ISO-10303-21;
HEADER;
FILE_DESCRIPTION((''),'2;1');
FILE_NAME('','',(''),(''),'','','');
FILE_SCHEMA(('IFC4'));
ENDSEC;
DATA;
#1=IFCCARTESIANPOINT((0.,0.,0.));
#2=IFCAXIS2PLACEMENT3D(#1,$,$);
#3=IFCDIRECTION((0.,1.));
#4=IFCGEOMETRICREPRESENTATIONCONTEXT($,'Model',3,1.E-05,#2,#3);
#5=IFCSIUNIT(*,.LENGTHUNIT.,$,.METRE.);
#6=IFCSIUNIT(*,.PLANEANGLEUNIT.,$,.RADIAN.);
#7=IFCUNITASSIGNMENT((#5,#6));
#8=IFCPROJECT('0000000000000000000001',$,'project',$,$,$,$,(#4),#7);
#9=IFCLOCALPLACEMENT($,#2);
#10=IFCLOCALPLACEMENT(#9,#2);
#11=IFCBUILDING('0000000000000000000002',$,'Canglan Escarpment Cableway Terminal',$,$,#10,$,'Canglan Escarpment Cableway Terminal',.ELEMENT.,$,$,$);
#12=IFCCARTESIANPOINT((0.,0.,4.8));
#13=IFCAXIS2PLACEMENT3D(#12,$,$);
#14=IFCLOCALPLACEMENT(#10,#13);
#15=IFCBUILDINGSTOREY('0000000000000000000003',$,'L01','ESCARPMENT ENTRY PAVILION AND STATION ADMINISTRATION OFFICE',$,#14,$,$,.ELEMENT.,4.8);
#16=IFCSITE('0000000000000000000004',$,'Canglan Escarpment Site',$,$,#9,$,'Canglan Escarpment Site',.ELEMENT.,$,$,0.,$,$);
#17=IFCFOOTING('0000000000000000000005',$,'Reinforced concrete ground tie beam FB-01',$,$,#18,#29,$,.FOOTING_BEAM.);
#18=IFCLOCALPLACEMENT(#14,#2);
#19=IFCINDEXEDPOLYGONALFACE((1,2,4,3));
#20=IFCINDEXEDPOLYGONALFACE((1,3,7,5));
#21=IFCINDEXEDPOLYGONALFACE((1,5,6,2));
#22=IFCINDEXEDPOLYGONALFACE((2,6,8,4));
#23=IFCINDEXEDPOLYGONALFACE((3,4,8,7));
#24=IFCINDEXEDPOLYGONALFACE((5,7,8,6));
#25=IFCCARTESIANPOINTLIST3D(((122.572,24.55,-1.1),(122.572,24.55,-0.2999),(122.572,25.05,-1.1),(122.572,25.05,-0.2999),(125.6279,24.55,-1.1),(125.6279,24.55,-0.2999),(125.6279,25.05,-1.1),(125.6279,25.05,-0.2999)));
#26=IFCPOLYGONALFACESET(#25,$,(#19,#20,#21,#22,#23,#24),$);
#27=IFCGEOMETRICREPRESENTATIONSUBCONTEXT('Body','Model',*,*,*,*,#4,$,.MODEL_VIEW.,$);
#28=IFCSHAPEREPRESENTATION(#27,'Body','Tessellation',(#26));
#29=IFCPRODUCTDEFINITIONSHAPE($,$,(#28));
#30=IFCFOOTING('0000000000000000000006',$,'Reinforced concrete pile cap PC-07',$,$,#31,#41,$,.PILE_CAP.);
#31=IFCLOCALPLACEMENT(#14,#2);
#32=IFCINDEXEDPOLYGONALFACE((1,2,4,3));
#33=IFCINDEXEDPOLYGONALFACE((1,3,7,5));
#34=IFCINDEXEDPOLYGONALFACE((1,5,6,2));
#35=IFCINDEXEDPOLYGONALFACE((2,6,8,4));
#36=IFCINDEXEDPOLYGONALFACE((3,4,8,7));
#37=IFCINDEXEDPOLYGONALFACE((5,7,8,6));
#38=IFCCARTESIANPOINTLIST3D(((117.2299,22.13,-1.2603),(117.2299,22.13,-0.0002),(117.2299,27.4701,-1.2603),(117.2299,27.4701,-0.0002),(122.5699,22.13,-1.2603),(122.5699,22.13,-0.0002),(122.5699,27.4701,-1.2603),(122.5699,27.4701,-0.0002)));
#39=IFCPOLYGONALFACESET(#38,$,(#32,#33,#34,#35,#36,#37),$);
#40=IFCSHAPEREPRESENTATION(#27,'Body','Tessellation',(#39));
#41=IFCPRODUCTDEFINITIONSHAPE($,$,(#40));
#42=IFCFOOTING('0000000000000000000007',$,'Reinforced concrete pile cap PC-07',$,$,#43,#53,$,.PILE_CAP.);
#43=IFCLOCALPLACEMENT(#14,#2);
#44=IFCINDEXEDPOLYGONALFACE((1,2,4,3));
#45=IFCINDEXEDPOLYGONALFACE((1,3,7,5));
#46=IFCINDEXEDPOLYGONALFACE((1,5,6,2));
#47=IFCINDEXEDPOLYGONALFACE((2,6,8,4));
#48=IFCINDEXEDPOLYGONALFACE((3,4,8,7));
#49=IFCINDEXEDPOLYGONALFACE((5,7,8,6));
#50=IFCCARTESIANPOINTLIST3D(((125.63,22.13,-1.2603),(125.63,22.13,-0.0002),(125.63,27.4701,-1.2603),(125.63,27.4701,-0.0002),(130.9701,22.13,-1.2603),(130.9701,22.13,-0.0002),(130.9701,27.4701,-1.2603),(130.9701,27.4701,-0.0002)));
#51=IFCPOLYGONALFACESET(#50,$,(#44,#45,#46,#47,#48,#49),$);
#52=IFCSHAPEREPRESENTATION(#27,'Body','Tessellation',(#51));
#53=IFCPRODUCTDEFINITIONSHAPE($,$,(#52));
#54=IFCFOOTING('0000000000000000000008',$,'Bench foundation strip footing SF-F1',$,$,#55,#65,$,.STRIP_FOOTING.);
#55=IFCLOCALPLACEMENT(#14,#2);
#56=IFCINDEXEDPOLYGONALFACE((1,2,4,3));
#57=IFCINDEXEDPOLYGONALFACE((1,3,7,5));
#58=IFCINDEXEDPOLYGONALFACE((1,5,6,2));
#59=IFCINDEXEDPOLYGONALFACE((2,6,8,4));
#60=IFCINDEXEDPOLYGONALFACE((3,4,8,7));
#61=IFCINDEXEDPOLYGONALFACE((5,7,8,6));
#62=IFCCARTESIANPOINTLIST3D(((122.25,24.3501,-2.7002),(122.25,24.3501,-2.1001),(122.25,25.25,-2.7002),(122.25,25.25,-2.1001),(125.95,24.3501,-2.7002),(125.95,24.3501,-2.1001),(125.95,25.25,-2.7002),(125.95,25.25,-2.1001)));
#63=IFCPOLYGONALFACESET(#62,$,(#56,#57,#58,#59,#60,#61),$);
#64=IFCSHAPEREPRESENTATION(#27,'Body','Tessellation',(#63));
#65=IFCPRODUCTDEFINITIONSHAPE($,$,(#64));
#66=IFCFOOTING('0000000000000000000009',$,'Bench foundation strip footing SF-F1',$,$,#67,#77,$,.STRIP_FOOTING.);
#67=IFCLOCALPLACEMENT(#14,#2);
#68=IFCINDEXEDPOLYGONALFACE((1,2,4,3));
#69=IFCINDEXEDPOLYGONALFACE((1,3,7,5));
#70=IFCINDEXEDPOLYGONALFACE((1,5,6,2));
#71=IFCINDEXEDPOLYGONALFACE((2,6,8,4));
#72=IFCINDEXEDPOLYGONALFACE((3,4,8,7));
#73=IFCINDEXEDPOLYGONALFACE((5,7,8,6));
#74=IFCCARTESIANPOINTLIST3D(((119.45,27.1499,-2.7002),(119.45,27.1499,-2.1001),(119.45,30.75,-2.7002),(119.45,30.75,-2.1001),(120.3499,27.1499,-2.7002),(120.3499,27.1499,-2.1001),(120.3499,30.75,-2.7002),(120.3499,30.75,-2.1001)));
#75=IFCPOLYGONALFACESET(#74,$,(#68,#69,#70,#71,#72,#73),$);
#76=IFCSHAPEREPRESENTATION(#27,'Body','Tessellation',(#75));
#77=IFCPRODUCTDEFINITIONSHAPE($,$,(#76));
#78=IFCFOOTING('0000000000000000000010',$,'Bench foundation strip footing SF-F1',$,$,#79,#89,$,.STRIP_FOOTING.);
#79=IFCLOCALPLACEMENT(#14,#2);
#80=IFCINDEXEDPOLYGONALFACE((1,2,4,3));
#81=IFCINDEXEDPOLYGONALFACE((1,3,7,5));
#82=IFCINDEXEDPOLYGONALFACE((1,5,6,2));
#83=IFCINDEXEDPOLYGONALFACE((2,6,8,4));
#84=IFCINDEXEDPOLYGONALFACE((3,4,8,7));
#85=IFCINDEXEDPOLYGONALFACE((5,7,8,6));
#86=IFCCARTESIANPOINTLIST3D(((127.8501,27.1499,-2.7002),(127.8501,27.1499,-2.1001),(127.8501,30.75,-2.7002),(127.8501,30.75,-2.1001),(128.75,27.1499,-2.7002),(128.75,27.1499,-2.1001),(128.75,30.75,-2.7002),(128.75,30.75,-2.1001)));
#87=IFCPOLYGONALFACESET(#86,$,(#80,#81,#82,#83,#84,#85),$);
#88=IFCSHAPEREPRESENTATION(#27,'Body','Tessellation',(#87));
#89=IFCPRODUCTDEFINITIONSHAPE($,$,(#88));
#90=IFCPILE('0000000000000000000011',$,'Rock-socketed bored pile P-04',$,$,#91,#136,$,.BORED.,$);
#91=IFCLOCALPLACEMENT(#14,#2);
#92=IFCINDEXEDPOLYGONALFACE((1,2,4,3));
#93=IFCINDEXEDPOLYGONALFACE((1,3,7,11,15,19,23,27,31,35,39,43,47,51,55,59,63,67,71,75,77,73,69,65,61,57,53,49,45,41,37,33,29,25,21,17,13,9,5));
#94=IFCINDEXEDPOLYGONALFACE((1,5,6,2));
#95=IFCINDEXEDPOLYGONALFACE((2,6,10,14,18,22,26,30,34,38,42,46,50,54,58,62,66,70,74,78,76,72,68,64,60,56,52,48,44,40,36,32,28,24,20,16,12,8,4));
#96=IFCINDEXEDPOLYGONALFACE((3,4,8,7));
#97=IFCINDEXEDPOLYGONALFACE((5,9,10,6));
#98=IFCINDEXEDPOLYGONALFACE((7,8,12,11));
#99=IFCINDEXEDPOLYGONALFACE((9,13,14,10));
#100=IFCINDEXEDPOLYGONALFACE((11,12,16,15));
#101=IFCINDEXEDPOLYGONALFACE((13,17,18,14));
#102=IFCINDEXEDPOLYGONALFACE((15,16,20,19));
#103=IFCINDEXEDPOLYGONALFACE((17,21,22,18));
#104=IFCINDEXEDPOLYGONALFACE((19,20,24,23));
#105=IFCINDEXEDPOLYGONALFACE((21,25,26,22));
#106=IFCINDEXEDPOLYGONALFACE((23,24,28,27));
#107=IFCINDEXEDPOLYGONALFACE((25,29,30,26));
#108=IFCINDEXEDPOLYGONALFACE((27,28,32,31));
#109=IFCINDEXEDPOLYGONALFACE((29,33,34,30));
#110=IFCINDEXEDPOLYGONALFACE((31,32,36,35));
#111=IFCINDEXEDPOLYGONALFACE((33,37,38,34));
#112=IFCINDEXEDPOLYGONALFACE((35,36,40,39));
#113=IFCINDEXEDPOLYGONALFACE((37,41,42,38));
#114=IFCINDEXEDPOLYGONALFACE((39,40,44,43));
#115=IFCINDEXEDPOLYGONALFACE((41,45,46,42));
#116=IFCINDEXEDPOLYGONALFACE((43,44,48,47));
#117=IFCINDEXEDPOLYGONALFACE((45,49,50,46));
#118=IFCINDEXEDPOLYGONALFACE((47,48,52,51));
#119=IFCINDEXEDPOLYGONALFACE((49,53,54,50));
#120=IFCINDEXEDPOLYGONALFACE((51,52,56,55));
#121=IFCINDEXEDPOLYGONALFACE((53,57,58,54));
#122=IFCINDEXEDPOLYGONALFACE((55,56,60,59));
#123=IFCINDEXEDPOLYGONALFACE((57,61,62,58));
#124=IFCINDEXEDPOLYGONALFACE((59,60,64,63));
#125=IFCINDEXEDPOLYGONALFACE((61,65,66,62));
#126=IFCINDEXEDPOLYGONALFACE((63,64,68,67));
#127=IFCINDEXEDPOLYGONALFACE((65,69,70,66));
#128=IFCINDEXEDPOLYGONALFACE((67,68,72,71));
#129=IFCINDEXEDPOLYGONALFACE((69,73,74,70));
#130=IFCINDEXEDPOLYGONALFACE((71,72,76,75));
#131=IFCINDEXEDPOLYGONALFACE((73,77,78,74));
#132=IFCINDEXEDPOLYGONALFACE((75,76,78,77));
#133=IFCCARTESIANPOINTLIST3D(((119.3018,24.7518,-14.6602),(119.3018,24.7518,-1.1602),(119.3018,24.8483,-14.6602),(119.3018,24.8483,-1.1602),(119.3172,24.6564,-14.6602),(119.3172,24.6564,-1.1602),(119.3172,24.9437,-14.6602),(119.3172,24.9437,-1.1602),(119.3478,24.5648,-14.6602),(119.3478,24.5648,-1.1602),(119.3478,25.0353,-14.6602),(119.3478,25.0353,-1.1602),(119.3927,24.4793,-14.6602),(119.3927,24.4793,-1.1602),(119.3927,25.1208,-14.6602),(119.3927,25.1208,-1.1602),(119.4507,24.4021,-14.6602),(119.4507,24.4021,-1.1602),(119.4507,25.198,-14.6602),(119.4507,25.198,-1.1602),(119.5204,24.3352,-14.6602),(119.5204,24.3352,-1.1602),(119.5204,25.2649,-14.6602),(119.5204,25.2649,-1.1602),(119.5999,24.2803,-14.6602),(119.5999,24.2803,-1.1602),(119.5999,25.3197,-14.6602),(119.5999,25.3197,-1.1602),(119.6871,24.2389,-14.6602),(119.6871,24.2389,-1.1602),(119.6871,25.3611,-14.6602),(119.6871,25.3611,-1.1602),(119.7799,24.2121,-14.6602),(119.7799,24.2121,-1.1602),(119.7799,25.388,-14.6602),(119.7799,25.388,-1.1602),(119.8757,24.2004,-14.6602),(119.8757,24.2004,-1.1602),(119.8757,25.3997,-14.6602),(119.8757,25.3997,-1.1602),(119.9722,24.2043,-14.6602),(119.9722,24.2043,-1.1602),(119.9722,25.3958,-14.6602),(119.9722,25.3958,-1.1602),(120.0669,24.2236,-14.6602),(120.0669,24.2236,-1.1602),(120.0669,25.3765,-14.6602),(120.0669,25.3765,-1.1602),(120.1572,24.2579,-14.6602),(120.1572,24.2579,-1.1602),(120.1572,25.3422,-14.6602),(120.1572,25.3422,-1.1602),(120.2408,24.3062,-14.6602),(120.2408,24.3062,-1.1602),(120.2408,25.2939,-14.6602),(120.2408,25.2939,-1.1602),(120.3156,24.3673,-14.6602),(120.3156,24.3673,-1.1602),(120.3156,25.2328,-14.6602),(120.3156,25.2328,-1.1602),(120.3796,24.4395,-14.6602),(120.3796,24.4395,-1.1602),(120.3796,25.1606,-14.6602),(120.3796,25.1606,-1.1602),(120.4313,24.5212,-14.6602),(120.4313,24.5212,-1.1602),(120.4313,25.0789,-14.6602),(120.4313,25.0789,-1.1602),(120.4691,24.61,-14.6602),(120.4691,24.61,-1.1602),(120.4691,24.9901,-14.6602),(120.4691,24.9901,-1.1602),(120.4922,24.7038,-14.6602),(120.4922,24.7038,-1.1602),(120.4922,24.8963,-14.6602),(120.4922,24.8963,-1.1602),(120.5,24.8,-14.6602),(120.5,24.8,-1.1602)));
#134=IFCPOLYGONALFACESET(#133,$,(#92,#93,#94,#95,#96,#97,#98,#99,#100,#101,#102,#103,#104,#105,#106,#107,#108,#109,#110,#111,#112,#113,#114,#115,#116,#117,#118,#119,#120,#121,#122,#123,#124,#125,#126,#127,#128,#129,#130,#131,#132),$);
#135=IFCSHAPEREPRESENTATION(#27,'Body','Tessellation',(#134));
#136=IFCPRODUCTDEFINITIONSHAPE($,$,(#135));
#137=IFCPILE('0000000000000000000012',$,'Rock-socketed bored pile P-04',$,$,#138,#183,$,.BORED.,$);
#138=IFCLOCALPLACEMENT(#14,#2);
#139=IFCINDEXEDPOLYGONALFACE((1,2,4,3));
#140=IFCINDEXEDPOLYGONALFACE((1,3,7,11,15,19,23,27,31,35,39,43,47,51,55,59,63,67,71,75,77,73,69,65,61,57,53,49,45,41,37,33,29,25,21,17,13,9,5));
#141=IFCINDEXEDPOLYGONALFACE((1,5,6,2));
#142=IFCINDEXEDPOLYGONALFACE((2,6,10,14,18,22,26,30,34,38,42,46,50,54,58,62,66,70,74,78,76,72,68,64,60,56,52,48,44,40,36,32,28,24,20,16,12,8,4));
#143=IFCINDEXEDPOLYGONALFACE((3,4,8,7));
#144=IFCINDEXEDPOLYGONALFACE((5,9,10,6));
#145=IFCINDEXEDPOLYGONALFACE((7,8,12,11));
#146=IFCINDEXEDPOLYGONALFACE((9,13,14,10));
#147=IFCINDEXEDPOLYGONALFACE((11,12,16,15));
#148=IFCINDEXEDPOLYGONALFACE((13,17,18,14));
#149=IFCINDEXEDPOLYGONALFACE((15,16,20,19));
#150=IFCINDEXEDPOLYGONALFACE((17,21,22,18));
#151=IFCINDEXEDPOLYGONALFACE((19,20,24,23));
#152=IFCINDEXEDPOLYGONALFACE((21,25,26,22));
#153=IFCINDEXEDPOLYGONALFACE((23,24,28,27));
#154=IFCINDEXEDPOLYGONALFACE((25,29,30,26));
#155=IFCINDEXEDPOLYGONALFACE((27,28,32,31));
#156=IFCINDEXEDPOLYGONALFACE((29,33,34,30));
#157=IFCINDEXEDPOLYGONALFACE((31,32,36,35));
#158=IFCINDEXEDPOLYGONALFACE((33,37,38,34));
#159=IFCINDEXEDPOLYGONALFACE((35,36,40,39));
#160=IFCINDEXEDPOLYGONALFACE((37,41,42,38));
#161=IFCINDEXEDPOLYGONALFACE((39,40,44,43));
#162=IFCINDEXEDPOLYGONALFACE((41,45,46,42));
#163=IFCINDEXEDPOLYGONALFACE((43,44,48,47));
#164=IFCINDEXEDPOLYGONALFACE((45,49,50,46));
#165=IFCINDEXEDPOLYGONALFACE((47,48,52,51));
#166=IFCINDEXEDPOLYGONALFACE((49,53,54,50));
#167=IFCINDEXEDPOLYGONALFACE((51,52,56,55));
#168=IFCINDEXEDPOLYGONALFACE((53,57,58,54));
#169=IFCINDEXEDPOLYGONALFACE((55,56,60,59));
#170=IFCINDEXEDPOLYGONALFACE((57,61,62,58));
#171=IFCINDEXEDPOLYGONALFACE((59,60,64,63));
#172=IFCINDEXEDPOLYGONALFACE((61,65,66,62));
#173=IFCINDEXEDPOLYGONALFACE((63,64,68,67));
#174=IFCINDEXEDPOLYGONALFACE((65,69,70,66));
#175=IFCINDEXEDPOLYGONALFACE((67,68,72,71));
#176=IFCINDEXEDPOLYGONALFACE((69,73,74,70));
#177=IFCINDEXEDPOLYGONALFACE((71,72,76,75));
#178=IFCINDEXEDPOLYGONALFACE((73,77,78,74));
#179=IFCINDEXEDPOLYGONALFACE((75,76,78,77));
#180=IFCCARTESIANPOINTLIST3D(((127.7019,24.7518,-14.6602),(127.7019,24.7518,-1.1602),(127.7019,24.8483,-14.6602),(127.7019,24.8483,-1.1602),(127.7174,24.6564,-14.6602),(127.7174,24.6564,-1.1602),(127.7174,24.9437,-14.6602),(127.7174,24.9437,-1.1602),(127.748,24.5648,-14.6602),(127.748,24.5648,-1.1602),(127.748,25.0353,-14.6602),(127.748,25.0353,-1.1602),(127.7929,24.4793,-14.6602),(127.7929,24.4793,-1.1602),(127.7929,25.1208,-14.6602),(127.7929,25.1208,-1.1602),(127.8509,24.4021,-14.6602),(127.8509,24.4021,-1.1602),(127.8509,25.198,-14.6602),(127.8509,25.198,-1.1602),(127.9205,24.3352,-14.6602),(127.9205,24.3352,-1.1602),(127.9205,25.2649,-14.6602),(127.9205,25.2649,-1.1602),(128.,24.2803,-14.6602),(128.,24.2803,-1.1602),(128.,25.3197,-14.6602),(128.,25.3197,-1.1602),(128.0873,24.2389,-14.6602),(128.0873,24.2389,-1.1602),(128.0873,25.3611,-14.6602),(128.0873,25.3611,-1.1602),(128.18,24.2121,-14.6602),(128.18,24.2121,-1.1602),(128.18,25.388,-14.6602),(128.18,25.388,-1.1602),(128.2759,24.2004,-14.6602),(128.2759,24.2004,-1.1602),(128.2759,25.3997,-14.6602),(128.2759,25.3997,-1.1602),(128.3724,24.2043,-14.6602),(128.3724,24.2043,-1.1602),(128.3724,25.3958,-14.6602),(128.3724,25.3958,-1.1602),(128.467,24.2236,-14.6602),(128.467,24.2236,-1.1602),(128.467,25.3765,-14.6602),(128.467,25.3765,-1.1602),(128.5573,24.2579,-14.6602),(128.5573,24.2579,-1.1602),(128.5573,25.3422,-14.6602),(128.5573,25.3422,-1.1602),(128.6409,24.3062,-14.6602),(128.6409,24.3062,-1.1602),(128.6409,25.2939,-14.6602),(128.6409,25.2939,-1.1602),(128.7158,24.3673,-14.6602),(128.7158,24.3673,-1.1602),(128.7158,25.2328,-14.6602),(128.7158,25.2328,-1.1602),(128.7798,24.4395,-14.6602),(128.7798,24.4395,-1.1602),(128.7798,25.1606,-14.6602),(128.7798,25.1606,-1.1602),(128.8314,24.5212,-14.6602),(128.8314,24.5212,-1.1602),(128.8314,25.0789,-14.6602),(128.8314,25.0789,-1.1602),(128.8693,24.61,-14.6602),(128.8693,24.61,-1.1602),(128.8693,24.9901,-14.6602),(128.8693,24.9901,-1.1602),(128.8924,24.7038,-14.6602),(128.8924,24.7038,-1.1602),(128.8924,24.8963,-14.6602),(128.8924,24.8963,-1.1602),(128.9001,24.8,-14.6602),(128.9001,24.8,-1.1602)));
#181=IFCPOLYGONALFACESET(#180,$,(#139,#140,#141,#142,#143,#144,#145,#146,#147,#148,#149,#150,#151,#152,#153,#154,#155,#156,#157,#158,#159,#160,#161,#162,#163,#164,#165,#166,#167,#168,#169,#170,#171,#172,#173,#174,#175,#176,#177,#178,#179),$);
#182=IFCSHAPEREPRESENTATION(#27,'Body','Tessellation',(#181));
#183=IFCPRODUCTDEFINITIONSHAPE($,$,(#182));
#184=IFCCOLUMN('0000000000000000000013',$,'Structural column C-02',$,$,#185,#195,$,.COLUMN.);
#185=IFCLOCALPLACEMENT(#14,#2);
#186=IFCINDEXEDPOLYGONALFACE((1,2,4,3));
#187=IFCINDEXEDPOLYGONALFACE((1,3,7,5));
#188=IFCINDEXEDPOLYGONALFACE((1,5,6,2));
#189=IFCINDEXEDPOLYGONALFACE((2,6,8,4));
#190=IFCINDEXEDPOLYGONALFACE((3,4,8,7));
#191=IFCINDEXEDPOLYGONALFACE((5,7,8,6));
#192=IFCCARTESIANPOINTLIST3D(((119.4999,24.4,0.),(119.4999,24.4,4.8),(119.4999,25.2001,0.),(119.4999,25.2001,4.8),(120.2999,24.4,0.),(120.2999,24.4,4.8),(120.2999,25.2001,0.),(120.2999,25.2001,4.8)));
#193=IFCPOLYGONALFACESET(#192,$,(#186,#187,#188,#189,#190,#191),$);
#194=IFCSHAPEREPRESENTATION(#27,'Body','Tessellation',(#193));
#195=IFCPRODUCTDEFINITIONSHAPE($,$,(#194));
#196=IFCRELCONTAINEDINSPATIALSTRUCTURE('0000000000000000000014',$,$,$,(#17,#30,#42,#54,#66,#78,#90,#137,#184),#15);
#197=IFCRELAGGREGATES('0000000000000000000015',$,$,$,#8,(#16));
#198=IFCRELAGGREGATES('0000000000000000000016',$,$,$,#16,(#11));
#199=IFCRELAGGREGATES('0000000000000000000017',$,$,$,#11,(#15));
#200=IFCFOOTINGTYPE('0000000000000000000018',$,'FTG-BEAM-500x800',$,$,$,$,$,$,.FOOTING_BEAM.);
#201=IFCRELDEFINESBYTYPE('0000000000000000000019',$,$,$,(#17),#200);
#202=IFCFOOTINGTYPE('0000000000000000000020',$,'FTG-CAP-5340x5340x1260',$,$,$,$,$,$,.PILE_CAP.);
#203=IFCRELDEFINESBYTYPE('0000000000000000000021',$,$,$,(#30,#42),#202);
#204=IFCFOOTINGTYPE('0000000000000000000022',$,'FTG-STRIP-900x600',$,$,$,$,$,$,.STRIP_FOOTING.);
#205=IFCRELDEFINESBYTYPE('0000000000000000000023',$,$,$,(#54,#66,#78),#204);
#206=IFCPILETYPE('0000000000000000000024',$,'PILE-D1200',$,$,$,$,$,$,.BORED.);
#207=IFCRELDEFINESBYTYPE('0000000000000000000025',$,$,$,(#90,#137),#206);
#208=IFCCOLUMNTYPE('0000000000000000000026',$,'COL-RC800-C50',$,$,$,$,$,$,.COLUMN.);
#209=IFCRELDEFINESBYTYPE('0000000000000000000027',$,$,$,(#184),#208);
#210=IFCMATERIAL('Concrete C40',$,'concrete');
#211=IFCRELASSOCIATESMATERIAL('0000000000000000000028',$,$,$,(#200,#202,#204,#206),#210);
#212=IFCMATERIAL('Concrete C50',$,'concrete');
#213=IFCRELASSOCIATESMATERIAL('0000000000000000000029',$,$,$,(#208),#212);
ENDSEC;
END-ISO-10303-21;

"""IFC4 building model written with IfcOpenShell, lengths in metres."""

from ifc_helpers import new_model, si_unit, direction, frame, origin, origin_2d, place, context, subcontext, project, spatial, rectangle, circle, extrude, material, material_profile, profile_set, type_object, element, save


model = new_model("IFC4")

# Units and contexts
model_context = context("Model", 3, precision=1e-05, world=origin(), true_north=direction((0.0, 1.0)))
body_context = subcontext(model_context, "Body", "Model", "MODEL_VIEW")
ifc_project = project(units=[si_unit("LENGTHUNIT", "METRE"), si_unit("PLANEANGLEUNIT", "RADIAN")], contexts=[model_context])

# Site, building, storey
site_placement = place(None, origin())
site = spatial("IfcSite", under=ifc_project, at=site_placement, Name="Canglan Escarpment Site", LongName="Canglan Escarpment Site", CompositionType="ELEMENT", RefElevation=0.0)
building_placement = place(site_placement, origin())
building = spatial("IfcBuilding", under=site, at=building_placement, Name="Canglan Escarpment Cableway Terminal", LongName="Canglan Escarpment Cableway Terminal", CompositionType="ELEMENT")
storey_placement = place(building_placement, frame((0.0, 0.0, 4.8)))
storey = spatial("IfcBuildingStorey", under=building, at=storey_placement, Name="L01", Description="ESCARPMENT ENTRY PAVILION AND STATION ADMINISTRATION OFFICE", CompositionType="ELEMENT", Elevation=4.8)

# Footings
ifc_material_1 = material(Name="Concrete C40", Category="concrete")
ifc_material_profile_1 = material_profile(ifc_material_1, rectangle(XDim=0.5, YDim=0.8, at=origin_2d()), Name="FB 500x800")
ifc_profile_set_1 = profile_set([ifc_material_profile_1], Name="Concrete C40")
footing_type_1 = type_object("IfcFootingType", Name="FTG-BEAM-500x800", PredefinedType="FOOTING_BEAM", material=ifc_profile_set_1)
footing_1_placement = place(storey_placement, frame((122.572, 24.8, -0.7), z_axis=(1.0, 0.0, 0.0), x_axis=(0.0, 1.0, 0.0)))
element("IfcFooting", 1, at=footing_1_placement, inside=storey, type_object=footing_type_1, Name="Reinforced concrete ground tie beam FB-01", PredefinedType="FOOTING_BEAM", context=body_context, shape_type="SweptSolid", body=[
    extrude(rectangle(XDim=0.5, YDim=0.8, at=origin_2d()), origin(), (0.0, 0.0, 1.0), 3.0559),
])
footing_type_2 = type_object("IfcFootingType", Name="FTG-CAP-5340x5340x1260", PredefinedType="PILE_CAP", material=ifc_material_1)
for number, where, z_axis, x_axis, name in (
    (2, (119.8999, 24.8, -1.2603), (0.0, 0.0, 1.0), (1.0, 0.0, 0.0), "Reinforced concrete pile cap PC-07"),
    (3, (128.3, 24.8, -1.2603), (0.0, 0.0, 1.0), (1.0, 0.0, 0.0), "Reinforced concrete pile cap PC-07"),
):
    element("IfcFooting", number, at=place(storey_placement, frame(where, z_axis=z_axis, x_axis=x_axis)), inside=storey, type_object=footing_type_2, Name=name, PredefinedType="PILE_CAP", context=body_context, shape_type="SweptSolid", body=[
        extrude(rectangle(XDim=5.3401, YDim=5.3401, at=origin_2d()), origin(), (0.0, 0.0, 1.0), 1.26),
    ])
ifc_material_profile_2 = material_profile(ifc_material_1, rectangle(XDim=0.8999, YDim=0.6001, at=origin_2d()), Name="SF 900x600")
ifc_profile_set_2 = profile_set([ifc_material_profile_2], Name="Concrete C40")
footing_type_3 = type_object("IfcFootingType", Name="FTG-STRIP-900x600", PredefinedType="STRIP_FOOTING", material=ifc_profile_set_2)
footing_2_placement = place(storey_placement, frame((122.25, 24.8, -2.4001), z_axis=(1.0, 0.0, 0.0), x_axis=(0.0, 1.0, 0.0)))
element("IfcFooting", 4, at=footing_2_placement, inside=storey, type_object=footing_type_3, Name="Bench foundation strip footing SF-F1", PredefinedType="STRIP_FOOTING", context=body_context, shape_type="SweptSolid", body=[
    extrude(rectangle(XDim=0.8999, YDim=0.6001, at=origin_2d()), origin(), (0.0, 0.0, 1.0), 3.7),
])
for number, where, z_axis, x_axis, name in (
    (5, (119.8999, 27.1499, -2.4001), (0.0, 1.0, 0.0), (-1.0, 0.0, 0.0), "Bench foundation strip footing SF-F1"),
    (6, (128.3, 27.1499, -2.4001), (0.0, 1.0, 0.0), (-1.0, 0.0, 0.0), "Bench foundation strip footing SF-F1"),
):
    element("IfcFooting", number, at=place(storey_placement, frame(where, z_axis=z_axis, x_axis=x_axis)), inside=storey, type_object=footing_type_3, Name=name, PredefinedType="STRIP_FOOTING", context=body_context, shape_type="SweptSolid", body=[
        extrude(rectangle(XDim=0.8999, YDim=0.6001, at=origin_2d()), origin(), (0.0, 0.0, 1.0), 3.6001),
    ])

# Piles
ifc_material_profile_3 = material_profile(ifc_material_1, circle(Radius=0.6001, at=origin_2d()), Name="BORED PILE D1200")
ifc_profile_set_3 = profile_set([ifc_material_profile_3], Name="Concrete C40")
pile_type = type_object("IfcPileType", Name="PILE-D1200", PredefinedType="BORED", material=ifc_profile_set_3)
for number, where, z_axis, x_axis, name in (
    (7, (119.8999, 24.8, -1.1602), (0.0, 0.0, -1.0), (1.0, 0.0, 0.0), "Rock-socketed bored pile P-04"),
    (8, (128.3, 24.8, -1.1602), (0.0, 0.0, -1.0), (1.0, 0.0, 0.0), "Rock-socketed bored pile P-04"),
):
    element("IfcPile", number, at=place(storey_placement, frame(where, z_axis=z_axis, x_axis=x_axis)), inside=storey, type_object=pile_type, Name=name, PredefinedType="BORED", context=body_context, shape_type="SweptSolid", body=[
        extrude(circle(Radius=0.6001, at=origin_2d()), origin(), (0.0, 0.0, 1.0), 13.5),
    ])

# Column
ifc_material_2 = material(Name="Concrete C50", Category="concrete")
ifc_material_profile_4 = material_profile(ifc_material_2, rectangle(XDim=0.8, YDim=0.8, at=origin_2d()), Name="RC 800x800")
ifc_profile_set_4 = profile_set([ifc_material_profile_4], Name="Concrete C50")
column_type = type_object("IfcColumnType", Name="COL-RC800-C50", PredefinedType="COLUMN", material=ifc_profile_set_4)
for number, where, z_axis, x_axis, name in (
    (9, (119.8999, 24.8, 0.0), (0.0, 0.0, 1.0), (1.0, 0.0, 0.0), "Structural column C-02"),
):
    element("IfcColumn", number, at=place(storey_placement, frame(where, z_axis=z_axis, x_axis=x_axis)), inside=storey, type_object=column_type, Name=name, PredefinedType="COLUMN", context=body_context, shape_type="SweptSolid", body=[
        extrude(rectangle(XDim=0.8, YDim=0.8, at=origin_2d()), origin(), (0.0, 0.0, 1.0), 4.8),
    ])

save(model, "model.ifc")
